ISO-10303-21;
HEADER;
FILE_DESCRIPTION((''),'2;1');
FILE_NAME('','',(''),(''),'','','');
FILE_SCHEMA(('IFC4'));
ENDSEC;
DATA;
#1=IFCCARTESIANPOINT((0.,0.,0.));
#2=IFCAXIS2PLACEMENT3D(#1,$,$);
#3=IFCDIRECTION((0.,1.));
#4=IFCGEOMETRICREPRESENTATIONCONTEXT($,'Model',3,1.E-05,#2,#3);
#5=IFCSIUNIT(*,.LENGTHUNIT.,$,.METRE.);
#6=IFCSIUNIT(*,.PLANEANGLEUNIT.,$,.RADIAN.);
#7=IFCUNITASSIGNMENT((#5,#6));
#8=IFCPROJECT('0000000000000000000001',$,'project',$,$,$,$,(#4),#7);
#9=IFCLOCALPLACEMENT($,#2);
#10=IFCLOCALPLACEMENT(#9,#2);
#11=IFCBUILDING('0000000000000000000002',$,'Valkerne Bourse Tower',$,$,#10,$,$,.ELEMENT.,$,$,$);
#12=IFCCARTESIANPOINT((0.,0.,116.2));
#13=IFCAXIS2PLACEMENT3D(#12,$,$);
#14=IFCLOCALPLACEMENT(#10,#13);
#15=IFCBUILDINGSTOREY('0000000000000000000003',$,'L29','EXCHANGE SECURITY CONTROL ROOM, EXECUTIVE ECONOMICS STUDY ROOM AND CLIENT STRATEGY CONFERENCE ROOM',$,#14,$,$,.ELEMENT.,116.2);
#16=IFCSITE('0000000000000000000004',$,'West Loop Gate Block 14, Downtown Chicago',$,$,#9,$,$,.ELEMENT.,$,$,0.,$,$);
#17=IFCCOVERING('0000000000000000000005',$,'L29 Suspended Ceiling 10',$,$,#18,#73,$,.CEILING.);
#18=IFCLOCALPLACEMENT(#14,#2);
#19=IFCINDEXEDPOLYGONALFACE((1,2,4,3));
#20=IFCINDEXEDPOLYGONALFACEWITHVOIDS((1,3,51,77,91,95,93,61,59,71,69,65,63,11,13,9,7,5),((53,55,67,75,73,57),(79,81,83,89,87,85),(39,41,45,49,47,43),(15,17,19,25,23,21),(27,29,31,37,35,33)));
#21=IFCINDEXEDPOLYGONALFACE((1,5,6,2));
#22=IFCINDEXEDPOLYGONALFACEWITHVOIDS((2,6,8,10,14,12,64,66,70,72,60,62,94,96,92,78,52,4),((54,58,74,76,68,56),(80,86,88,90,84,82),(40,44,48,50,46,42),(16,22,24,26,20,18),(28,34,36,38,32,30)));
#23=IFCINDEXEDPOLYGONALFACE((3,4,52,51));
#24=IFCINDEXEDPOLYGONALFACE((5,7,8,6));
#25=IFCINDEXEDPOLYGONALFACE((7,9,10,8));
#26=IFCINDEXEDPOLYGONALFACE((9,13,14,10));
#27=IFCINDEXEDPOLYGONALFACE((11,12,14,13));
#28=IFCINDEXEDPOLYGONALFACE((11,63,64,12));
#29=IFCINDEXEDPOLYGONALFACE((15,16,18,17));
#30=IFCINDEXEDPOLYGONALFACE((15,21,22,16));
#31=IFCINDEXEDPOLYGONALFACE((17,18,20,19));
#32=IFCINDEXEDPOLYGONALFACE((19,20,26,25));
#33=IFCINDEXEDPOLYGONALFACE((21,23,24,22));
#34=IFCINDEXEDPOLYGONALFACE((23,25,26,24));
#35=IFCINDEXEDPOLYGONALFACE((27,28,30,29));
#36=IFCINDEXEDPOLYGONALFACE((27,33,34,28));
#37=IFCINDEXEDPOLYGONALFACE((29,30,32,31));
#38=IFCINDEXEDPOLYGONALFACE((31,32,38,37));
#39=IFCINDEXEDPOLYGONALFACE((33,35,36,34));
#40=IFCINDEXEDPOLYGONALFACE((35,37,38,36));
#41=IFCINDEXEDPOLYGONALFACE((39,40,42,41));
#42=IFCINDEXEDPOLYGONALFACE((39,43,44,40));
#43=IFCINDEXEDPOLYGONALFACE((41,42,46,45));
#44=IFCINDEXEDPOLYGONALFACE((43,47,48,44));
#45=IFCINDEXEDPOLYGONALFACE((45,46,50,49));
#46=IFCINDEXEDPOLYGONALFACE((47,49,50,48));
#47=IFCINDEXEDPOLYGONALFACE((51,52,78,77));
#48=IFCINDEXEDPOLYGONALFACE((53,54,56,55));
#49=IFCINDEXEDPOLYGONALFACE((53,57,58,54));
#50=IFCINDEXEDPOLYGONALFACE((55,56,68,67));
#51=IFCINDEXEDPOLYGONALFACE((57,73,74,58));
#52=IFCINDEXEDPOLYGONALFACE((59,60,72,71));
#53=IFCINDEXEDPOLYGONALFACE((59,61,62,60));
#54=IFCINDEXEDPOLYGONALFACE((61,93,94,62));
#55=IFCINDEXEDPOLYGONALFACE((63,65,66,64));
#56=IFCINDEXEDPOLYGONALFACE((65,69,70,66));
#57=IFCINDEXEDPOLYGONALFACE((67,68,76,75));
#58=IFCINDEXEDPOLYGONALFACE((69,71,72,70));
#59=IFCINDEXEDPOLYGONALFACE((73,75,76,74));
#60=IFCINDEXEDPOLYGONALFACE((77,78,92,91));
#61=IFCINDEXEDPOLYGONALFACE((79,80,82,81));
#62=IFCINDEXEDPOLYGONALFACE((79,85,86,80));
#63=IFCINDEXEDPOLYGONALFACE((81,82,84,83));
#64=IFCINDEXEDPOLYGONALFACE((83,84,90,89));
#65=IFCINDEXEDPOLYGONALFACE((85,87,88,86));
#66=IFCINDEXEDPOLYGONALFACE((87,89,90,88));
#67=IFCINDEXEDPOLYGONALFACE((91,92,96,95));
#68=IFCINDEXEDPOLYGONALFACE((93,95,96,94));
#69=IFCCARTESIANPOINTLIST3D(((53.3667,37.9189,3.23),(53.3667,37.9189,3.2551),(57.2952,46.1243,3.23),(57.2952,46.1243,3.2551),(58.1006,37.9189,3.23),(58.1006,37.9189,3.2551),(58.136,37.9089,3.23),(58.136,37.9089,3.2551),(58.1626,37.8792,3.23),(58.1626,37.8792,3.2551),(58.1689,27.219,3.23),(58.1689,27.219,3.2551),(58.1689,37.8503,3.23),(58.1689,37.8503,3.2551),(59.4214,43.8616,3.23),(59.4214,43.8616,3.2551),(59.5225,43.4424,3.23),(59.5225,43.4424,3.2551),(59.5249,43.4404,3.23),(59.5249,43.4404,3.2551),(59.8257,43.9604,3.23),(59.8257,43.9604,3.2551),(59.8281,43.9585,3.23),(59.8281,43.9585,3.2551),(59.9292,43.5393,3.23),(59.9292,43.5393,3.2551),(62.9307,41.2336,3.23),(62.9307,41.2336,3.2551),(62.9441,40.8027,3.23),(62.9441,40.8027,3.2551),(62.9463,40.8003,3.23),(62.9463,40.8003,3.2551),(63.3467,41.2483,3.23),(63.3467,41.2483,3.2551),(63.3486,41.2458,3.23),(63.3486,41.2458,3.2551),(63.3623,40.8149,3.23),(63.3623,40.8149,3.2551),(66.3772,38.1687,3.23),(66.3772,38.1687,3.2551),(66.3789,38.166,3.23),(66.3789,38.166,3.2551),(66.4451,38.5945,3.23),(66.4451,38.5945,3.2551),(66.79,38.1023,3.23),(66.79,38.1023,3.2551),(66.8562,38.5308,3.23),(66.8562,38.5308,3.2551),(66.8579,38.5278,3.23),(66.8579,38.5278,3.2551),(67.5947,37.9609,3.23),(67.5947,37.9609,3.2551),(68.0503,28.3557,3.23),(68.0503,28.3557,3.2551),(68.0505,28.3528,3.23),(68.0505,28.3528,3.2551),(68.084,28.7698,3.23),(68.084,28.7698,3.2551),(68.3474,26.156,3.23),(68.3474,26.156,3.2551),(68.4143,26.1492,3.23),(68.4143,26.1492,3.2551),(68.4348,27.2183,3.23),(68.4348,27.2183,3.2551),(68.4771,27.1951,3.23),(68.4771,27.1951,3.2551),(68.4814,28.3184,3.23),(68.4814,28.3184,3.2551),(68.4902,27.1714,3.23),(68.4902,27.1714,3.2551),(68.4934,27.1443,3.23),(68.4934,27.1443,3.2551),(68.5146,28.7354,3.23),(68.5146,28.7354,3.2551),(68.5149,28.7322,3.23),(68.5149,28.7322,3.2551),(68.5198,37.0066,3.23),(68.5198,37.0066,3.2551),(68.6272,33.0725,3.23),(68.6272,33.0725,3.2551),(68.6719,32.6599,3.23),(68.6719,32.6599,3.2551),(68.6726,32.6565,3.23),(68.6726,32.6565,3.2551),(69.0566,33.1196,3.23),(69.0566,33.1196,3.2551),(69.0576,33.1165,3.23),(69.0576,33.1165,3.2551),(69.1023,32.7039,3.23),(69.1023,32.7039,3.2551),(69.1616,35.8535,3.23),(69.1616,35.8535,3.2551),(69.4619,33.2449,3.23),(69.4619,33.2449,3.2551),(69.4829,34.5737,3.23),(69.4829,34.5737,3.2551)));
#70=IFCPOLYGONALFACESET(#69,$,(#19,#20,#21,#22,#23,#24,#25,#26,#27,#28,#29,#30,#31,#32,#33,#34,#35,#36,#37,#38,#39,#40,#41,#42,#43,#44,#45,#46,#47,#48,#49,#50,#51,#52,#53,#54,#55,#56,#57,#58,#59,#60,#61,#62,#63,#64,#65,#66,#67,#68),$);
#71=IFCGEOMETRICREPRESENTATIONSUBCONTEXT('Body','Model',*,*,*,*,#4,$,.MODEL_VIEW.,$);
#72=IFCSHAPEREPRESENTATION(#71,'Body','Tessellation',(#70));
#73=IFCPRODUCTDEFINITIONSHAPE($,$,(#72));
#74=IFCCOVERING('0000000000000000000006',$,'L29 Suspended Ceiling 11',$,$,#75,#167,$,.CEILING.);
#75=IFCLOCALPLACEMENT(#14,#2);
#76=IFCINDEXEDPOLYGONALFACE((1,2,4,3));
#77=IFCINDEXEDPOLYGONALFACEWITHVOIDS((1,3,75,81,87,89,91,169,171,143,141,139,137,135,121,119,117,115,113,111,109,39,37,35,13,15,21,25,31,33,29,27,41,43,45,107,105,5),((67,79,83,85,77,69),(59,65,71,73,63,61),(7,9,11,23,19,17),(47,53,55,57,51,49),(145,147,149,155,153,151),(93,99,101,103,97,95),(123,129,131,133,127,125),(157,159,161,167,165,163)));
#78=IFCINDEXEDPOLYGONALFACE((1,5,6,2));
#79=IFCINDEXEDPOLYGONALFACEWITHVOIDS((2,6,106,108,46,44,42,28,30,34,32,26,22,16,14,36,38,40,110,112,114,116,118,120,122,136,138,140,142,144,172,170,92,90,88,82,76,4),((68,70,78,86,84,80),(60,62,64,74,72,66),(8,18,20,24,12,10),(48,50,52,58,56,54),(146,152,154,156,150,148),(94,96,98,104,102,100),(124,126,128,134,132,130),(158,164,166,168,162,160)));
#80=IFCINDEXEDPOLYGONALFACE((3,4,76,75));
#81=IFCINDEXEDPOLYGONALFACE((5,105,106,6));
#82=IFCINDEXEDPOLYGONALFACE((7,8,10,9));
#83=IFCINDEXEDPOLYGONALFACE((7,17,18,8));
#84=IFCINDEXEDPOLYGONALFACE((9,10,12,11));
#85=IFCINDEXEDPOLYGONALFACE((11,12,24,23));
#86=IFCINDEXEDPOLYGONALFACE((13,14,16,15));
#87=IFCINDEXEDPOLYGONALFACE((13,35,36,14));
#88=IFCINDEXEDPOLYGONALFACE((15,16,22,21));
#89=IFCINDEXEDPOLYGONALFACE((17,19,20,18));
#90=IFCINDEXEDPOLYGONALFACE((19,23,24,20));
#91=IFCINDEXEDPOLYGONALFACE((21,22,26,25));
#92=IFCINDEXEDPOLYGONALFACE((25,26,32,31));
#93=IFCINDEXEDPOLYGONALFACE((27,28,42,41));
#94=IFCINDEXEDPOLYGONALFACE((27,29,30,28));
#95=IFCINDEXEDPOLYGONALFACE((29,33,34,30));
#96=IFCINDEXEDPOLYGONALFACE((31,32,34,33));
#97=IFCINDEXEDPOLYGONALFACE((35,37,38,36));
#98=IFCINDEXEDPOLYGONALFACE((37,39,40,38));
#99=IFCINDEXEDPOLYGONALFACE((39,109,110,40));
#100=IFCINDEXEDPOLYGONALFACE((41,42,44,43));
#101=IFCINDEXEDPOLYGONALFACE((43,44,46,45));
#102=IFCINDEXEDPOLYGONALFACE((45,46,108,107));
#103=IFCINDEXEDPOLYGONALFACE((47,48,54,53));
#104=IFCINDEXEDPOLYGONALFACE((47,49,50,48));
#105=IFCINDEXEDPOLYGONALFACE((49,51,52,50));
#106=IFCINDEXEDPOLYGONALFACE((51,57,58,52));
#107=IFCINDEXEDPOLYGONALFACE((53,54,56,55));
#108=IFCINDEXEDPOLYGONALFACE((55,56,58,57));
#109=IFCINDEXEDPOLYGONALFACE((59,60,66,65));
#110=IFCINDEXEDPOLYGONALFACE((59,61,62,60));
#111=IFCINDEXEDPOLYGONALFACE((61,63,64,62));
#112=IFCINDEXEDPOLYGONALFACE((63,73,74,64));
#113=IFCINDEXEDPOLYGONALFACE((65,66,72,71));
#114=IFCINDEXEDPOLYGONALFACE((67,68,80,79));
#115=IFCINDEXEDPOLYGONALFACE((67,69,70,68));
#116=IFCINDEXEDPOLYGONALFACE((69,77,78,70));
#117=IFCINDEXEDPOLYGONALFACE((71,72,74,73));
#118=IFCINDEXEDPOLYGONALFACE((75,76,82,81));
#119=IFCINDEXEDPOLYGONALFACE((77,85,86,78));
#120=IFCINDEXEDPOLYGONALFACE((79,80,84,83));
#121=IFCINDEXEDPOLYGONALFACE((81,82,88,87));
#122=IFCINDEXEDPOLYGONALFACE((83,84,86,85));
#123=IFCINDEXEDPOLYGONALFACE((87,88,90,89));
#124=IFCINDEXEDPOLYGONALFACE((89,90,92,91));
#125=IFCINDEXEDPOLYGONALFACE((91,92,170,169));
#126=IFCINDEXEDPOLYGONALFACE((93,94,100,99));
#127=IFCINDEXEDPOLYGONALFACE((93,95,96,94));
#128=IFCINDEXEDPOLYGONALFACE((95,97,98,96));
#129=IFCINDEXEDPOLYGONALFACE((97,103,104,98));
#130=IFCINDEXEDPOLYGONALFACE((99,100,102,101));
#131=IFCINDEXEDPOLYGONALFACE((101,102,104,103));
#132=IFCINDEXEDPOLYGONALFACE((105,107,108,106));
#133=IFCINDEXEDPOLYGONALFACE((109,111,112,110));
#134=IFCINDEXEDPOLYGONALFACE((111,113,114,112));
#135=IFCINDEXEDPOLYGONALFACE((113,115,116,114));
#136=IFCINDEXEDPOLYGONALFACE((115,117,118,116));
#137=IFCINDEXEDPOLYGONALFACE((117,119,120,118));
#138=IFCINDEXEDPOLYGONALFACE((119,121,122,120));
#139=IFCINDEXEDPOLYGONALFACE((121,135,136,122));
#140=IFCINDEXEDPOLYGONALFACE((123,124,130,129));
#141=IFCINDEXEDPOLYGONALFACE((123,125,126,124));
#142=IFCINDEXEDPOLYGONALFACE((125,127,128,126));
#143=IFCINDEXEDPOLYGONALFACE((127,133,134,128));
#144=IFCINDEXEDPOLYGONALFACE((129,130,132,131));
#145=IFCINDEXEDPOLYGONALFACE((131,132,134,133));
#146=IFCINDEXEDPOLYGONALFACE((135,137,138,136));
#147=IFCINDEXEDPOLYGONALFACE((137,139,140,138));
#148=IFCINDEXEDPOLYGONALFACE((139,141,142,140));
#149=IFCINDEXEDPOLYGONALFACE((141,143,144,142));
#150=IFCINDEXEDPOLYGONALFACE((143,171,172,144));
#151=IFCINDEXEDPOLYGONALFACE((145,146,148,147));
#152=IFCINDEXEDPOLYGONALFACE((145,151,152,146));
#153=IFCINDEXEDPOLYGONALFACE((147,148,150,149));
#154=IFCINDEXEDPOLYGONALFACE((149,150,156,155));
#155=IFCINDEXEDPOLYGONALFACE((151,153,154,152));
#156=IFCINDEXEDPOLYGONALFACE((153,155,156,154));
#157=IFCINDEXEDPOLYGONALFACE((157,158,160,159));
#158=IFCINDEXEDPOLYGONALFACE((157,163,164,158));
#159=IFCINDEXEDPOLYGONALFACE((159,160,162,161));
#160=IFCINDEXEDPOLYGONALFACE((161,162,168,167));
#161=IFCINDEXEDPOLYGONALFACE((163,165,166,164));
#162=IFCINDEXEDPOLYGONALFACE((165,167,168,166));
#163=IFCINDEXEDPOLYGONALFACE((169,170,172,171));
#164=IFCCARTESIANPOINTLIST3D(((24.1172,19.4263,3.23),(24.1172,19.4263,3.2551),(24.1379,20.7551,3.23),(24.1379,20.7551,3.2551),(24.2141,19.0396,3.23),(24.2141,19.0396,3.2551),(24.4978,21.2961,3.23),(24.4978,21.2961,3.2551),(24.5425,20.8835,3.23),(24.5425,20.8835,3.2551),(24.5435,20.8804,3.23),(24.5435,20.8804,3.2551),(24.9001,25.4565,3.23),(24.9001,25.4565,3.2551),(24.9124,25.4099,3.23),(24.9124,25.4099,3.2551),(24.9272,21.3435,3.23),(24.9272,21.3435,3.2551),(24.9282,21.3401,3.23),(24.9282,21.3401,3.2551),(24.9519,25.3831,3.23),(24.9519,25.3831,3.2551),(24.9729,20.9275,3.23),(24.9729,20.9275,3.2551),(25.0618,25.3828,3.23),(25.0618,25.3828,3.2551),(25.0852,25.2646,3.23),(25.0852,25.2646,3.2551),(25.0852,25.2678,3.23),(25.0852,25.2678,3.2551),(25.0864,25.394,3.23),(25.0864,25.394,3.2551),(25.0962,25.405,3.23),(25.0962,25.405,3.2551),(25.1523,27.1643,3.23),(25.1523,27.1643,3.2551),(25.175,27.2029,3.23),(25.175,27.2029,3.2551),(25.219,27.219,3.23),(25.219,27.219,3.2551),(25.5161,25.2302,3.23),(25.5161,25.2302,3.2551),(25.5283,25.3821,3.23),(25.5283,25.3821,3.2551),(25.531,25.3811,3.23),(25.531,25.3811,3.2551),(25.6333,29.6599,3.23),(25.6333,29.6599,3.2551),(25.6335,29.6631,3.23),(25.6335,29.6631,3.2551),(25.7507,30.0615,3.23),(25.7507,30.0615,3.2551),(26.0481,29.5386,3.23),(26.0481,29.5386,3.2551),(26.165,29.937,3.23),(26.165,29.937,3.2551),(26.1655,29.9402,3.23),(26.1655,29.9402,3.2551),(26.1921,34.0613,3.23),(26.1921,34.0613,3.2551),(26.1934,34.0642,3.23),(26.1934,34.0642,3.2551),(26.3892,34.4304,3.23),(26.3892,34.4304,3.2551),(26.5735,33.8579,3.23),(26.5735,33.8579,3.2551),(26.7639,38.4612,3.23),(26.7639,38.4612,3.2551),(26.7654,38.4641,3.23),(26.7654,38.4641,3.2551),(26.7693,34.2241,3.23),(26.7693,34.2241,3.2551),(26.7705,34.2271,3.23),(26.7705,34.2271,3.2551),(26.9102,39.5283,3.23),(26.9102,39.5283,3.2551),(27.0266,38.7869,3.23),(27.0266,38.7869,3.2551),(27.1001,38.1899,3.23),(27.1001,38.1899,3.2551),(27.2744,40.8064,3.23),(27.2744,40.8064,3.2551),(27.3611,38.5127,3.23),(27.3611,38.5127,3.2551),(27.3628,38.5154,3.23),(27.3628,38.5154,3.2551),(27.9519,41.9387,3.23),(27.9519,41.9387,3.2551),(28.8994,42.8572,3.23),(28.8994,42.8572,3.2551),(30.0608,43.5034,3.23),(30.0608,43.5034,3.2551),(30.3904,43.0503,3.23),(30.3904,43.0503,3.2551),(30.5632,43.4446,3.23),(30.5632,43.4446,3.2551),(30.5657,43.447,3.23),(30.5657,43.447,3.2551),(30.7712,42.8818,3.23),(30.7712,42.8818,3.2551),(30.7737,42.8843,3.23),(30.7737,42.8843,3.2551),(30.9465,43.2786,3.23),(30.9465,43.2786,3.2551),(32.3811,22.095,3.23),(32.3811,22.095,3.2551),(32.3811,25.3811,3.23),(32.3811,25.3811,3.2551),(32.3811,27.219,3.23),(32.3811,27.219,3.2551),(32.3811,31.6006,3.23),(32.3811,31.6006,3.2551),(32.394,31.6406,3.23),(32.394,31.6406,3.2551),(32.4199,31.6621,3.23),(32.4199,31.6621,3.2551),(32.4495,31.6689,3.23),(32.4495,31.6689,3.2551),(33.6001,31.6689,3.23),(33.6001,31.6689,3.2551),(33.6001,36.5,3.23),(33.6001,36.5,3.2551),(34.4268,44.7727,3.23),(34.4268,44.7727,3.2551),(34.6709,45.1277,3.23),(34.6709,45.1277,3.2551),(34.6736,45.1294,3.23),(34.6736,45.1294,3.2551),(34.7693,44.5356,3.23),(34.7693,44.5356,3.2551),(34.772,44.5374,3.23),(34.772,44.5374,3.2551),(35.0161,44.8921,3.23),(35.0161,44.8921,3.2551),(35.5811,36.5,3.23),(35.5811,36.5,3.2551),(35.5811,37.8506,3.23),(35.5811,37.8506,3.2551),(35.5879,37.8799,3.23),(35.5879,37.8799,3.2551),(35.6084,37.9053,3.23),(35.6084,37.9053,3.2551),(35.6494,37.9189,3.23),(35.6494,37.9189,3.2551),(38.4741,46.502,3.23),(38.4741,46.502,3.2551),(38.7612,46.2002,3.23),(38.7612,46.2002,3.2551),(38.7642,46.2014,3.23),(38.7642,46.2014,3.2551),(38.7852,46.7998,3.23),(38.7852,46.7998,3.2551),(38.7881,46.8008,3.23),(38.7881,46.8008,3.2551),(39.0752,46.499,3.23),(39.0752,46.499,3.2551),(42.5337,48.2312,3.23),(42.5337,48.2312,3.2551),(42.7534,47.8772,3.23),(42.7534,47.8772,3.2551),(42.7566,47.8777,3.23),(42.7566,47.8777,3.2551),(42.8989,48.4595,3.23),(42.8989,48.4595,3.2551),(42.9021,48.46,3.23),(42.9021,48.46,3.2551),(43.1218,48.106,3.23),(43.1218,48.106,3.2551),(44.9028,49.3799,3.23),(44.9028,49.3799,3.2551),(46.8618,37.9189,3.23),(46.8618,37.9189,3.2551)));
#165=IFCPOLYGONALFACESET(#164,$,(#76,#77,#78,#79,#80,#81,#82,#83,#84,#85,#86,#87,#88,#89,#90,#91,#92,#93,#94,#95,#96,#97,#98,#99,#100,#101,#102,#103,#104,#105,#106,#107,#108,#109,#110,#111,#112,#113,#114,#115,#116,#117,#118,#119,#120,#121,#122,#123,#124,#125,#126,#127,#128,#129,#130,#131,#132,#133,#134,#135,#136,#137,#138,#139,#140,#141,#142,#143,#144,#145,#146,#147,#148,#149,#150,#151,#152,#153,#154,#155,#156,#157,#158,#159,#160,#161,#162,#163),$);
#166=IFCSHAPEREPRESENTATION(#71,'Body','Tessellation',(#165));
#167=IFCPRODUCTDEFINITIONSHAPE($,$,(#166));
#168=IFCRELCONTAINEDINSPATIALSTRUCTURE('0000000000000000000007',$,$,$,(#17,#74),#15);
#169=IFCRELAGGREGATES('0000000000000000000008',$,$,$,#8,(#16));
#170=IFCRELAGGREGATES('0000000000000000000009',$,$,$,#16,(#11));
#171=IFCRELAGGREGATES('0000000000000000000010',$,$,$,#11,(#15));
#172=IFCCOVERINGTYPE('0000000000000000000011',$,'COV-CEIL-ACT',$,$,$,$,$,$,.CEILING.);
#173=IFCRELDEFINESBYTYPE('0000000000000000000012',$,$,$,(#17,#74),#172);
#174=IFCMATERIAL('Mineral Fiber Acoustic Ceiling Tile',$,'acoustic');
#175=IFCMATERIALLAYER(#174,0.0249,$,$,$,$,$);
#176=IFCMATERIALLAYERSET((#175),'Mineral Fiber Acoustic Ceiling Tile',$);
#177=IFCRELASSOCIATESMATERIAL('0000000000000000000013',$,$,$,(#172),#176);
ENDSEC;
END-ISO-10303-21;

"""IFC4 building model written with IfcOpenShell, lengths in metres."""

from ifc_helpers import new_model, si_unit, direction, frame, origin, place, context, subcontext, project, spatial, polyline, outline, extrude, material, layer, layer_set, type_object, element, save


model = new_model("IFC4")

# Units and contexts
model_context = context("Model", 3, precision=1e-05, world=origin(), true_north=direction((0.0, 1.0)))
body_context = subcontext(model_context, "Body", "Model", "MODEL_VIEW")
ifc_project = project(units=[si_unit("LENGTHUNIT", "METRE"), si_unit("PLANEANGLEUNIT", "RADIAN")], contexts=[model_context])

# Site, building, storey
site_placement = place(None, origin())
site = spatial("IfcSite", under=ifc_project, at=site_placement, Name="West Loop Gate Block 14, Downtown Chicago", CompositionType="ELEMENT", RefElevation=0.0)
building_placement = place(site_placement, origin())
building = spatial("IfcBuilding", under=site, at=building_placement, Name="Valkerne Bourse Tower", CompositionType="ELEMENT")
storey_placement = place(building_placement, frame((0.0, 0.0, 116.2)))
storey = spatial("IfcBuildingStorey", under=building, at=storey_placement, Name="L29", Description="EXCHANGE SECURITY CONTROL ROOM, EXECUTIVE ECONOMICS STUDY ROOM AND CLIENT STRATEGY CONFERENCE ROOM", CompositionType="ELEMENT", Elevation=116.2)

# Coverings
ifc_material_1 = material(Name="Mineral Fiber Acoustic Ceiling Tile", Category="acoustic")
ifc_layer_1 = layer(ifc_material_1, 0.0249)
ifc_layer_set_1 = layer_set([ifc_layer_1], Name="Mineral Fiber Acoustic Ceiling Tile")
covering_type_1 = type_object("IfcCoveringType", Name="COV-CEIL-ACT", PredefinedType="CEILING", material=ifc_layer_set_1)
covering_1_placement = place(storey_placement, frame((0.0, 0.0, 3.23)))
element("IfcCovering", 1, at=covering_1_placement, inside=storey, type_object=covering_type_1, Name="L29 Suspended Ceiling 10", PredefinedType="CEILING", context=body_context, shape_type="SweptSolid", body=[
    extrude(outline(polyline([(69.1616, 35.8535), (69.4829, 34.5737), (69.4619, 33.2449), (68.4143, 26.1492), (68.3474, 26.156), (68.4934, 27.1443), (68.4902, 27.1714), (68.4771, 27.1951), (68.4348, 27.2183), (58.1689, 27.219), (58.1689, 37.8503), (58.1626, 37.8792), (58.136, 37.9089), (58.1006, 37.9189), (53.3667, 37.9189), (57.2952, 46.1243), (67.5947, 37.9609), (68.5198, 37.0066), (69.1616, 35.8535)]), holes=[polyline([(68.5149, 28.7322), (68.5146, 28.7354), (68.084, 28.7698), (68.0503, 28.3557), (68.0505, 28.3528), (68.4814, 28.3184), (68.5149, 28.7322)]), polyline([(69.0576, 33.1165), (69.0566, 33.1196), (68.6272, 33.0725), (68.6719, 32.6599), (68.6726, 32.6565), (69.1023, 32.7039), (69.0576, 33.1165)]), polyline([(66.8579, 38.5278), (66.8562, 38.5308), (66.4451, 38.5945), (66.3772, 38.1687), (66.3789, 38.166), (66.79, 38.1023), (66.8579, 38.5278)]), polyline([(63.3623, 40.8149), (63.3486, 41.2458), (63.3467, 41.2483), (62.9307, 41.2336), (62.9441, 40.8027), (62.9463, 40.8003), (63.3623, 40.8149)]), polyline([(59.8281, 43.9585), (59.8257, 43.9604), (59.4214, 43.8616), (59.5225, 43.4424), (59.5249, 43.4404), (59.9292, 43.5393), (59.8281, 43.9585)])]), origin(), (0.0, 0.0, 1.0), 0.0251),
])
covering_2_placement = place(storey_placement, frame((0.0, 0.0, 3.23)))
element("IfcCovering", 2, at=covering_2_placement, inside=storey, type_object=covering_type_1, Name="L29 Suspended Ceiling 11", PredefinedType="CEILING", context=body_context, shape_type="SweptSolid", body=[
    extrude(outline(polyline([(26.9102, 39.5283), (27.2744, 40.8064), (27.9519, 41.9387), (28.8994, 42.8572), (30.0608, 43.5034), (44.9028, 49.3799), (46.8618, 37.9189), (35.6494, 37.9189), (35.6084, 37.9053), (35.5879, 37.8799), (35.5811, 37.8506), (35.5811, 36.5), (33.6001, 36.5), (33.6001, 31.6689), (32.4495, 31.6689), (32.4199, 31.6621), (32.394, 31.6406), (32.3811, 31.6006), (32.3811, 27.219), (25.219, 27.219), (25.175, 27.2029), (25.1523, 27.1643), (24.9001, 25.4565), (24.9124, 25.4099), (24.9519, 25.3831), (25.0618, 25.3828), (25.0864, 25.394), (25.0962, 25.405), (25.0852, 25.2678), (25.0852, 25.2646), (25.5161, 25.2302), (25.5283, 25.3821), (25.531, 25.3811), (32.3811, 25.3811), (32.3811, 22.095), (24.2141, 19.0396), (24.1172, 19.4263), (24.1379, 20.7551), (26.9102, 39.5283)]), holes=[polyline([(24.9282, 21.3401), (24.9272, 21.3435), (24.4978, 21.2961), (24.5425, 20.8835), (24.5435, 20.8804), (24.9729, 20.9275), (24.9282, 21.3401)]), polyline([(26.165, 29.937), (26.1655, 29.9402), (25.7507, 30.0615), (25.6335, 29.6631), (25.6333, 29.6599), (26.0481, 29.5386), (26.165, 29.937)]), polyline([(26.7705, 34.2271), (26.3892, 34.4304), (26.1934, 34.0642), (26.1921, 34.0613), (26.5735, 33.8579), (26.7693, 34.2241), (26.7705, 34.2271)]), polyline([(27.3628, 38.5154), (27.0266, 38.7869), (26.7654, 38.4641), (26.7639, 38.4612), (27.1001, 38.1899), (27.3611, 38.5127), (27.3628, 38.5154)]), polyline([(30.9465, 43.2786), (30.5657, 43.447), (30.5632, 43.4446), (30.3904, 43.0503), (30.7712, 42.8818), (30.7737, 42.8843), (30.9465, 43.2786)]), polyline([(34.772, 44.5374), (35.0161, 44.8921), (34.6736, 45.1294), (34.6709, 45.1277), (34.4268, 44.7727), (34.7693, 44.5356), (34.772, 44.5374)]), polyline([(38.7642, 46.2014), (39.0752, 46.499), (38.7881, 46.8008), (38.7852, 46.7998), (38.4741, 46.502), (38.7612, 46.2002), (38.7642, 46.2014)]), polyline([(43.1218, 48.106), (42.9021, 48.46), (42.8989, 48.4595), (42.5337, 48.2312), (42.7534, 47.8772), (42.7566, 47.8777), (43.1218, 48.106)])]), origin(), (0.0, 0.0, 1.0), 0.0251),
])

save(model, "model.ifc")
